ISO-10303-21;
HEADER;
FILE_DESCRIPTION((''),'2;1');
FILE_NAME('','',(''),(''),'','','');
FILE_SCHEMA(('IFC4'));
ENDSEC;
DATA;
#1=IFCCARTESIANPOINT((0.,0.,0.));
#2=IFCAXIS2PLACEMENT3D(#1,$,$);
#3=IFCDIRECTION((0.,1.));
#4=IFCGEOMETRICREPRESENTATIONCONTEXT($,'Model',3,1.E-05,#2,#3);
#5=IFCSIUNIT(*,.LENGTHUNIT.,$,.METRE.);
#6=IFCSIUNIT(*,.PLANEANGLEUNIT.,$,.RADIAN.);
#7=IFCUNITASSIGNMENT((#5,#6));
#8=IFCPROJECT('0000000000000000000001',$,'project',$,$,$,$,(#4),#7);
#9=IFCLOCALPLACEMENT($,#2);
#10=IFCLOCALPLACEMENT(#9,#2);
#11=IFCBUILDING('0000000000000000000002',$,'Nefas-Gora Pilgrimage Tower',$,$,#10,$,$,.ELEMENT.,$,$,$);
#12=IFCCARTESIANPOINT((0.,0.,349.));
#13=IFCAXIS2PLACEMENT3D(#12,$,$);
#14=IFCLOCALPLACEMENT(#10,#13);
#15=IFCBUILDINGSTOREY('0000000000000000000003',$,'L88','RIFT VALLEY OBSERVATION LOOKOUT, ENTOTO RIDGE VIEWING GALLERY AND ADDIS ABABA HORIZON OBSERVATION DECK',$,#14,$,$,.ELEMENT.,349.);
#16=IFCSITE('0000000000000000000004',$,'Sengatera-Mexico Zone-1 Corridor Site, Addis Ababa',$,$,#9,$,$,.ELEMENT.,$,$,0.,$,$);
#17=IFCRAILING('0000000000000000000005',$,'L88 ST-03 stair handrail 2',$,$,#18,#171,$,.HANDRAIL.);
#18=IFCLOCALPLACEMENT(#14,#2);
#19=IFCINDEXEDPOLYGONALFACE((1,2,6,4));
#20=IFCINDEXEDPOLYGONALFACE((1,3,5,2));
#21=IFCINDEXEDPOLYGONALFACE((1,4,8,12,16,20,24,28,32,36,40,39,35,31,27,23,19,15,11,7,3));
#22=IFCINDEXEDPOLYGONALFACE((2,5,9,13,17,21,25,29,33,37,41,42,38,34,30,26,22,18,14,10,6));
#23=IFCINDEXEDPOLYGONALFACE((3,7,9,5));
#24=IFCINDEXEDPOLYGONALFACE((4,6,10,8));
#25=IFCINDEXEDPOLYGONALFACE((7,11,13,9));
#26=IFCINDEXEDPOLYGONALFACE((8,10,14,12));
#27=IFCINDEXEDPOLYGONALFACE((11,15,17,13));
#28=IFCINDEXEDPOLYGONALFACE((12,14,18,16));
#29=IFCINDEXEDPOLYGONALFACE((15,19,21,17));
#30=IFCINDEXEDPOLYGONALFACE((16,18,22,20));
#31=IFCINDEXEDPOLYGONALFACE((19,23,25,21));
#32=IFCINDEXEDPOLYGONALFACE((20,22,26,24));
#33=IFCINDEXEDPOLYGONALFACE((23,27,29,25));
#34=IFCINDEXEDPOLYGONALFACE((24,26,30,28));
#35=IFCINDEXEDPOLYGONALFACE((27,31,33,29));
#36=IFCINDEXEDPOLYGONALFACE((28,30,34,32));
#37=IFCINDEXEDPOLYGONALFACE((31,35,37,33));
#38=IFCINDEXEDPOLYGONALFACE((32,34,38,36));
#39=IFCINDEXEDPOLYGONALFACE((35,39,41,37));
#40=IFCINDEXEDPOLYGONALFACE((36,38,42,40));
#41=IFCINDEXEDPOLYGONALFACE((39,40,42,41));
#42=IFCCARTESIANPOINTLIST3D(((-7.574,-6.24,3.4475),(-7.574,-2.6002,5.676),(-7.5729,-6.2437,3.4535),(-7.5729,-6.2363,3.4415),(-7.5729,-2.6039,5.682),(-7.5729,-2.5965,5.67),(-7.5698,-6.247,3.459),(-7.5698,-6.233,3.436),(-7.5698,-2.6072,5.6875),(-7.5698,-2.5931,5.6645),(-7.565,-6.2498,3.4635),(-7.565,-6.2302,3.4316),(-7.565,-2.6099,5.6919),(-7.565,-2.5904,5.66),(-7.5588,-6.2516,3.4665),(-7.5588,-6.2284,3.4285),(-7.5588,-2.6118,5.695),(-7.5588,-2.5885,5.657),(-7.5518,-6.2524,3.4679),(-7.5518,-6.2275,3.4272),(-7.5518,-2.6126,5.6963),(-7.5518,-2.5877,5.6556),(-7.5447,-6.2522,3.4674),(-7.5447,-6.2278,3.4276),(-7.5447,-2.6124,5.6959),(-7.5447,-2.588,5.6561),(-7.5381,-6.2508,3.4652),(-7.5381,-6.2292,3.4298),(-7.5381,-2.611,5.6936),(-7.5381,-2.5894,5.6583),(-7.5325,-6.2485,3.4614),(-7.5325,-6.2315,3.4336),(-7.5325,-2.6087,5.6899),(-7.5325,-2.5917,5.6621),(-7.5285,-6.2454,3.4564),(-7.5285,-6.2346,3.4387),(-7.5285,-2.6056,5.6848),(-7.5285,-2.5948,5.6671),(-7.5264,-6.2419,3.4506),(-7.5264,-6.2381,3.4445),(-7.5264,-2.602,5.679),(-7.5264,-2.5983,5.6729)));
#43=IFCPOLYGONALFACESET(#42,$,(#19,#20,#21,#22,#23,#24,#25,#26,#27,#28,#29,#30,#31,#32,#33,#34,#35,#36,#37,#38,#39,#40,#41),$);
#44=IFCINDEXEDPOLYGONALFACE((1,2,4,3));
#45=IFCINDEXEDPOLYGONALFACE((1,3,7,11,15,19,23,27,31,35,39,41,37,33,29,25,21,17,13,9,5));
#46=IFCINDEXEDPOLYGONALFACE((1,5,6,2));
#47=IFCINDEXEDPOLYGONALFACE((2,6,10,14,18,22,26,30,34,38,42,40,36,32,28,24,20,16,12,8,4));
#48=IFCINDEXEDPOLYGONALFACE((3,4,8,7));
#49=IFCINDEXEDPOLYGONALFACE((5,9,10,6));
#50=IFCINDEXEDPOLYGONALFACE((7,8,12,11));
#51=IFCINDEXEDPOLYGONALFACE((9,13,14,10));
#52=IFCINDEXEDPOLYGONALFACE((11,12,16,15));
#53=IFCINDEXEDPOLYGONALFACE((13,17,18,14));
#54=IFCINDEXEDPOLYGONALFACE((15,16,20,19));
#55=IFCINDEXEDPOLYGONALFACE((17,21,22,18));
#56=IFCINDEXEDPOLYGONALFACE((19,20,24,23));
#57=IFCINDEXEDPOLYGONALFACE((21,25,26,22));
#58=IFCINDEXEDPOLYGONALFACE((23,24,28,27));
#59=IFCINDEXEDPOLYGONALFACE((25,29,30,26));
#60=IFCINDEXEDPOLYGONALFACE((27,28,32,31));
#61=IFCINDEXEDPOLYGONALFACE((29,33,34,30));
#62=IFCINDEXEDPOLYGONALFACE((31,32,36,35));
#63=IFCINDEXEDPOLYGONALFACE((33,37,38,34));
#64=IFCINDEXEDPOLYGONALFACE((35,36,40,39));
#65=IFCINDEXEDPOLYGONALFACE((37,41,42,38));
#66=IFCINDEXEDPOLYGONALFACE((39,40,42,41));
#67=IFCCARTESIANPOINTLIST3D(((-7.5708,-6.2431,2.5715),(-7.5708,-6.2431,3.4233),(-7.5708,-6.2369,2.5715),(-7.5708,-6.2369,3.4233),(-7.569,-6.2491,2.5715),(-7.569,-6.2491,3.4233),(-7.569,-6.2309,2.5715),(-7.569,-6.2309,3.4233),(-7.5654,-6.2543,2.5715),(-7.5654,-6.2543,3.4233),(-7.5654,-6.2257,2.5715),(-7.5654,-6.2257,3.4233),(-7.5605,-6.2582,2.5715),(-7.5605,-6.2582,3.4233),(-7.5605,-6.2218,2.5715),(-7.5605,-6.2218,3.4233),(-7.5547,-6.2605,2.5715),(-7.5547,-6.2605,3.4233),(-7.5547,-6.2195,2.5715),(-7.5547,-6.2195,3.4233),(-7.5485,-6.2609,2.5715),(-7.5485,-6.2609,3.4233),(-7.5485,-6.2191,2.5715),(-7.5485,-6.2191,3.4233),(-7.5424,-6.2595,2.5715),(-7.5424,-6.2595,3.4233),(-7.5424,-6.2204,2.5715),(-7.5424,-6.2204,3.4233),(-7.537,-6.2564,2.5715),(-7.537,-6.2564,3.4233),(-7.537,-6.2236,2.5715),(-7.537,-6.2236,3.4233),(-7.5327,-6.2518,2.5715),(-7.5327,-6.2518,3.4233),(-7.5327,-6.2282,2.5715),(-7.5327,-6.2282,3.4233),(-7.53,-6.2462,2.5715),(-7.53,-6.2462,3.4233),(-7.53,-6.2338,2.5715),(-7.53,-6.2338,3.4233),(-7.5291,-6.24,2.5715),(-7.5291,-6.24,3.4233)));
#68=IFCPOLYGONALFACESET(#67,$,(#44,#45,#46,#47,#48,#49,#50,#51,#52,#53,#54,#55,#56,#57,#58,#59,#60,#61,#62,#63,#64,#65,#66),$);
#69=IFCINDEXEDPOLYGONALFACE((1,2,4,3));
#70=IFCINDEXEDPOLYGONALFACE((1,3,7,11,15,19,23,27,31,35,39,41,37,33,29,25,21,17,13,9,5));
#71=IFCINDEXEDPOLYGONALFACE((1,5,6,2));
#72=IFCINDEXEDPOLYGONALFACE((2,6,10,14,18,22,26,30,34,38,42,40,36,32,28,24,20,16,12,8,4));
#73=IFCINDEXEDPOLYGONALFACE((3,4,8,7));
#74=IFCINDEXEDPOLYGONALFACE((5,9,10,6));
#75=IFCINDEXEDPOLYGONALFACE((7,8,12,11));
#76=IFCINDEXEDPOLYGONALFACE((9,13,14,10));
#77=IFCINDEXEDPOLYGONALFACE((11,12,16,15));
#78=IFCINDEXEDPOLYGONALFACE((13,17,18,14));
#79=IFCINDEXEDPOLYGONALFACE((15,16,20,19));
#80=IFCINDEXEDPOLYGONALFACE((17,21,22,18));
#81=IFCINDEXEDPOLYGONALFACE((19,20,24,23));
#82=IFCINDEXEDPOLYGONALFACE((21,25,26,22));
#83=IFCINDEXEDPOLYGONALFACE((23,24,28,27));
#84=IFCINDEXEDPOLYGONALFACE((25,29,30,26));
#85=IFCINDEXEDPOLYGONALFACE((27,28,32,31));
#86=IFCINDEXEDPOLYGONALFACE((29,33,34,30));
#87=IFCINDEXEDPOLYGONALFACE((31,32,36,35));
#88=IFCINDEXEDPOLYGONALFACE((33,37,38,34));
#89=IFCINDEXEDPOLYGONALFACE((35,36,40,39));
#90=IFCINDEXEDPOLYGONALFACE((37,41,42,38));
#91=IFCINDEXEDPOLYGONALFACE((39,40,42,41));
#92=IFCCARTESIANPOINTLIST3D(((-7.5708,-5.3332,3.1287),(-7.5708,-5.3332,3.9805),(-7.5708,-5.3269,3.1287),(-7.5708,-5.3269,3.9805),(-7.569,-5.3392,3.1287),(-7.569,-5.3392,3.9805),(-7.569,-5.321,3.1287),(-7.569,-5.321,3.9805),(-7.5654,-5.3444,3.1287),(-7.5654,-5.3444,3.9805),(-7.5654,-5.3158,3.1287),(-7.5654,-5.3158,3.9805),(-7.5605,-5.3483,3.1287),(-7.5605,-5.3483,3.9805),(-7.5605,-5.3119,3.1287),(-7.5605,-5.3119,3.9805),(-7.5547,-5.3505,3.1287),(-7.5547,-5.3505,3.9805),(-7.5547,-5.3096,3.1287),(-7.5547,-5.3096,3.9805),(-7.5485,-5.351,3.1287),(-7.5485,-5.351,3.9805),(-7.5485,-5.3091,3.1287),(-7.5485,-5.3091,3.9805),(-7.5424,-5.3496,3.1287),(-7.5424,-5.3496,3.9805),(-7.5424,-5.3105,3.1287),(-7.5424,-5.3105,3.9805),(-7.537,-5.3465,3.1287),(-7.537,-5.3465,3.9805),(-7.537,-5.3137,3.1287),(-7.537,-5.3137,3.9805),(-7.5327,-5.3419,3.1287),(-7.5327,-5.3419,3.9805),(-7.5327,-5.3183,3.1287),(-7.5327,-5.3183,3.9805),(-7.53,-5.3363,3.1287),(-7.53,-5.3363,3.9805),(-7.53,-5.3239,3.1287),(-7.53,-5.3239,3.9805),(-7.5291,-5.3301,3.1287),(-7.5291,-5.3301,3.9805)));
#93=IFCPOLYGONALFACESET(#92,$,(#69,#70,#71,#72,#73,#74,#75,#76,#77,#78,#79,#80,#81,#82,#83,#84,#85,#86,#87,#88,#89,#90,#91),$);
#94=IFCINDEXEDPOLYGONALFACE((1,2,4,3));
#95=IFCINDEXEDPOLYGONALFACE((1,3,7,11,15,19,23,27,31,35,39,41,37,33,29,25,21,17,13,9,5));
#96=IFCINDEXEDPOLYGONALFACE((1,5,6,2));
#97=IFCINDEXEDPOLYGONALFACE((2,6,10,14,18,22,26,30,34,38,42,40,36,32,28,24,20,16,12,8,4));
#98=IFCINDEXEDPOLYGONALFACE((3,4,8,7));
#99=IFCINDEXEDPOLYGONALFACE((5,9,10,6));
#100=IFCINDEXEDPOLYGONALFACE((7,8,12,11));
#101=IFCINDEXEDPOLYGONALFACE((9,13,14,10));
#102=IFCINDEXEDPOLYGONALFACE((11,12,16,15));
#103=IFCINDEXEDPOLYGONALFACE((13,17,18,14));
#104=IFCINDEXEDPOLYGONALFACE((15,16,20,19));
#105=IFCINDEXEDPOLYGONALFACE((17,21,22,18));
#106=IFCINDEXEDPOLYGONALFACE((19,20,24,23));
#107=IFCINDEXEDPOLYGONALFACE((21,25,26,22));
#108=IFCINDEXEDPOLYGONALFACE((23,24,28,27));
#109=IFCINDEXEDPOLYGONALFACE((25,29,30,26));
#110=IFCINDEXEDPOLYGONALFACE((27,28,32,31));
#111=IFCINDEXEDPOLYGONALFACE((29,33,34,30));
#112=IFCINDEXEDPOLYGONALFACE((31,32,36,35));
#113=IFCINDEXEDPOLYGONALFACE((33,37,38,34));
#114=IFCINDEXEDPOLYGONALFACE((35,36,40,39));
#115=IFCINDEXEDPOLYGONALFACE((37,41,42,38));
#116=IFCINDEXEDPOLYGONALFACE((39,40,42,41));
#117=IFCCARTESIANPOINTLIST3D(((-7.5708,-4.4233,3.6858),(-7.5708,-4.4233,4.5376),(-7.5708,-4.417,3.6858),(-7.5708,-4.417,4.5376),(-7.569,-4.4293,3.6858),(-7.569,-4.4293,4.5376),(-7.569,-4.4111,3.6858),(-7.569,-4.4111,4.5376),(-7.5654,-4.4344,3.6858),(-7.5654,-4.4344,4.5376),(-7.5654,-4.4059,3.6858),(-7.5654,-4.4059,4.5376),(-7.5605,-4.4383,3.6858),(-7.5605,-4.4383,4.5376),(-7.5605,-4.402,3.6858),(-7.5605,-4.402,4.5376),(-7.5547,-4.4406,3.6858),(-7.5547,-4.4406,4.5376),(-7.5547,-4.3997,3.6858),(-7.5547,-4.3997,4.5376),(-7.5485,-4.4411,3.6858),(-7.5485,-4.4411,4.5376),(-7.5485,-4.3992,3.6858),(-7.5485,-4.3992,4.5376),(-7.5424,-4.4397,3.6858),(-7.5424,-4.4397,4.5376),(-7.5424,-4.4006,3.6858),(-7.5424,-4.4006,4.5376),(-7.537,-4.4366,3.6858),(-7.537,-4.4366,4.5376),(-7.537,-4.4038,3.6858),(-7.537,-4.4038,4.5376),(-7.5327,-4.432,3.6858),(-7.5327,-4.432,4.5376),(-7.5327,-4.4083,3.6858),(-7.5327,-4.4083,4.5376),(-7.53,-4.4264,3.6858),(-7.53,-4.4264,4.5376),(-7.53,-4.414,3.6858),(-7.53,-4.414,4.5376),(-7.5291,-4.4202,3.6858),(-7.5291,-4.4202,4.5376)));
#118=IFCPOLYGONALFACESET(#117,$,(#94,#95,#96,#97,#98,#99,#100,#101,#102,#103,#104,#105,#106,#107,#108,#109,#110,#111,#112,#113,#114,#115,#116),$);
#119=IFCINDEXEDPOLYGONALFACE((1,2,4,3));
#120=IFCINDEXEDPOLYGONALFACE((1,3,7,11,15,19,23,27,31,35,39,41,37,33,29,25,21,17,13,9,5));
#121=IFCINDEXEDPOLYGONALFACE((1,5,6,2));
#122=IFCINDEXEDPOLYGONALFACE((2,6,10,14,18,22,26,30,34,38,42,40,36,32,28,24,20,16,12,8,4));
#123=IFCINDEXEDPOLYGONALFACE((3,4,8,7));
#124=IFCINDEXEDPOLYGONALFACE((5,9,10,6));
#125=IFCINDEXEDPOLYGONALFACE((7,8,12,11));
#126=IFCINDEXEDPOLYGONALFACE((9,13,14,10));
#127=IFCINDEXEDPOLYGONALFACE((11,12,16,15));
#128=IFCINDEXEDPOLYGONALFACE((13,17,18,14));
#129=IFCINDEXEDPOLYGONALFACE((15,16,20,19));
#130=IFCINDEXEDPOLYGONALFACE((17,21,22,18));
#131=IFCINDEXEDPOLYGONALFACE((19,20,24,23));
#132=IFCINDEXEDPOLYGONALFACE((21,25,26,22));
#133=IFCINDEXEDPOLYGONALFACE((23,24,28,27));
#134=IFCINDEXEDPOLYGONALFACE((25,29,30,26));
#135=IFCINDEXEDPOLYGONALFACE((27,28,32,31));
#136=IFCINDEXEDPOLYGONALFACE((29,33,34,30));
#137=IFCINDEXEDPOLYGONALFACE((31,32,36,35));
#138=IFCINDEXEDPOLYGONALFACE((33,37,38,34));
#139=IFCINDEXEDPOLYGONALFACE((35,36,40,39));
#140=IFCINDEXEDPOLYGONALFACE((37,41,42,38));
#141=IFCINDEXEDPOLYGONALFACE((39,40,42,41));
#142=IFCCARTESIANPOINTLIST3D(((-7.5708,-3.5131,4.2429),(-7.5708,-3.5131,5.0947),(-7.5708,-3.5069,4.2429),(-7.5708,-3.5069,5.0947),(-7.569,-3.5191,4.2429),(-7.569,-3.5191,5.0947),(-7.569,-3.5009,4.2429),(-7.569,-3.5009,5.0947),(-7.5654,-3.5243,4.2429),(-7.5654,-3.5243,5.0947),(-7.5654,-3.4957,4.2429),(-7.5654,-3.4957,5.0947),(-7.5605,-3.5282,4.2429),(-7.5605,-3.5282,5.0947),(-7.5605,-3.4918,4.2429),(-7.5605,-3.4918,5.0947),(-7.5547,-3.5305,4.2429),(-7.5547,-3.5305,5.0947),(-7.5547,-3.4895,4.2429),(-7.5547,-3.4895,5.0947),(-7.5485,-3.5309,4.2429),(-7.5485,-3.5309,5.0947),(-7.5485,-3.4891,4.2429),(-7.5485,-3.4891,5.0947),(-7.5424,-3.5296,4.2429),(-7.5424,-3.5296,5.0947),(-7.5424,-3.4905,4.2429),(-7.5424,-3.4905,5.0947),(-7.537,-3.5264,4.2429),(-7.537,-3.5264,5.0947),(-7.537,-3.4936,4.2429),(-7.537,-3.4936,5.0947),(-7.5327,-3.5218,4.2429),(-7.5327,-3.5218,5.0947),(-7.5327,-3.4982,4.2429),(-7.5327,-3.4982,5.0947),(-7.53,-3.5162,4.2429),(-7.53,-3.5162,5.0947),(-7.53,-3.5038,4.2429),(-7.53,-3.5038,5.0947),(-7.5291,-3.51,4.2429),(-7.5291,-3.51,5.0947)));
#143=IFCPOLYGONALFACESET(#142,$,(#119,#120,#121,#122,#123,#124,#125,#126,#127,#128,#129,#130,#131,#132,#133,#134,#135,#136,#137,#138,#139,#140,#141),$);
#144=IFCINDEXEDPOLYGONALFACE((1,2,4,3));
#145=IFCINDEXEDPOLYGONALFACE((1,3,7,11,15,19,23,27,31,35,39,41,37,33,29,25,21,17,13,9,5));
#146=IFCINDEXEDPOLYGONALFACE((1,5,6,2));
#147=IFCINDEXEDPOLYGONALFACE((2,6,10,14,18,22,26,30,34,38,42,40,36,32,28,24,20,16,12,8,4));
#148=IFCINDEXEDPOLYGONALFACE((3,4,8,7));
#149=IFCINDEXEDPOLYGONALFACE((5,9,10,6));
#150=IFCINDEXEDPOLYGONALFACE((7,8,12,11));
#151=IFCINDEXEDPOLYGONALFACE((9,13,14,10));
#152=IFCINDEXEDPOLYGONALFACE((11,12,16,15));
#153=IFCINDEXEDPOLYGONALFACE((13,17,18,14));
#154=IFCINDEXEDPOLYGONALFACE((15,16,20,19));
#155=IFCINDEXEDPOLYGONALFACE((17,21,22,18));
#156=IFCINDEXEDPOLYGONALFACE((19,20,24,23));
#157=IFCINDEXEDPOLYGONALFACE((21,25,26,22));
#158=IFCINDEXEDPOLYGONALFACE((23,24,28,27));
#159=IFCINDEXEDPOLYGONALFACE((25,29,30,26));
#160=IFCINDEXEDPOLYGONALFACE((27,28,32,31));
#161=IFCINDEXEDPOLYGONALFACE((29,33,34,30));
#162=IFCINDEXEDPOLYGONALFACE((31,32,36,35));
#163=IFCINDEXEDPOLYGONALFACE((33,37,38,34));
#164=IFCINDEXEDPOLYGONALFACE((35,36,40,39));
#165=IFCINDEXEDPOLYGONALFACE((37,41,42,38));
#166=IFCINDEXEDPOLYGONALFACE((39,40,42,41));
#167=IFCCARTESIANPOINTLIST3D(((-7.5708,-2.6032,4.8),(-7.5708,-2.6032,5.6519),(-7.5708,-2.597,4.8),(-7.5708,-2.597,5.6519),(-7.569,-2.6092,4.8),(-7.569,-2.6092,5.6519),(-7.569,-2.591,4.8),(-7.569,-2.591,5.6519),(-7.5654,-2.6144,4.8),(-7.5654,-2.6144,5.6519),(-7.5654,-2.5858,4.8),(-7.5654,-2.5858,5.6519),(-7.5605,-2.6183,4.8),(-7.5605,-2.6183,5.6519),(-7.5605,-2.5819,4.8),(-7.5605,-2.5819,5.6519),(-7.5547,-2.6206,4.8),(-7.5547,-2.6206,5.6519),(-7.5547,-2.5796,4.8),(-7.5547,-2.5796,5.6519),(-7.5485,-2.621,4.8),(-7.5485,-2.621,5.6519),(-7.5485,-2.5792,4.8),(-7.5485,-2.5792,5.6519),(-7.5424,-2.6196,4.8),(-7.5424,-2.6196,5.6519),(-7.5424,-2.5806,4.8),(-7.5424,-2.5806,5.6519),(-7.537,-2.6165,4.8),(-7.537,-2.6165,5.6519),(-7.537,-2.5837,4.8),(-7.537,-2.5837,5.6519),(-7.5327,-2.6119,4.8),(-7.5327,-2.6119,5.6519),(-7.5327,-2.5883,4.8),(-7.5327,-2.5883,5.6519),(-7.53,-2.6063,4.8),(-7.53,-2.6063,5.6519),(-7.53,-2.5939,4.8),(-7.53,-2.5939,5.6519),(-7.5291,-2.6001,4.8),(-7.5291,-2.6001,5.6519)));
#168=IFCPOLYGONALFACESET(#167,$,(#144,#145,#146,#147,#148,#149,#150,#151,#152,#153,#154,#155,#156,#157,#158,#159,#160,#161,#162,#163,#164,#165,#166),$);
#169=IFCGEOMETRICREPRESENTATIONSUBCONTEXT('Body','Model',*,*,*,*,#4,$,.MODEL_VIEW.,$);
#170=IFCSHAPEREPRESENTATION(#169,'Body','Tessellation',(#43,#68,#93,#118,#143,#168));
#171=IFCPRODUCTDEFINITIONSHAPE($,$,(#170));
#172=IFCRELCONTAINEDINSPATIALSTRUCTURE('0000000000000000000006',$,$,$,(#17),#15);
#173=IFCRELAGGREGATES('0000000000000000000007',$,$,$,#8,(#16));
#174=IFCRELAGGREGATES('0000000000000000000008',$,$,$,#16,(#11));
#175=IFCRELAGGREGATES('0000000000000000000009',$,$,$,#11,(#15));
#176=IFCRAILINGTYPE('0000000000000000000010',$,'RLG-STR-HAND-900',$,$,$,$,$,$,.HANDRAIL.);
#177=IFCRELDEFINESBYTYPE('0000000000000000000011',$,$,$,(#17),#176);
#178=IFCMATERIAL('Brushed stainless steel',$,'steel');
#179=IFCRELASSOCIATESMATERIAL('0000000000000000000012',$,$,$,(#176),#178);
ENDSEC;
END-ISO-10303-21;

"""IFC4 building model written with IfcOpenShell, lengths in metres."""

from ifc_helpers import new_model, si_unit, direction, frame, origin, origin_2d, place, context, subcontext, project, spatial, circle, extrude, material, type_object, element, save


model = new_model("IFC4")

# Units and contexts
model_context = context("Model", 3, precision=1e-05, world=origin(), true_north=direction((0.0, 1.0)))
body_context = subcontext(model_context, "Body", "Model", "MODEL_VIEW")
ifc_project = project(units=[si_unit("LENGTHUNIT", "METRE"), si_unit("PLANEANGLEUNIT", "RADIAN")], contexts=[model_context])

# Site, building, storey
site_placement = place(None, origin())
site = spatial("IfcSite", under=ifc_project, at=site_placement, Name="Sengatera-Mexico Zone-1 Corridor Site, Addis Ababa", CompositionType="ELEMENT", RefElevation=0.0)
building_placement = place(site_placement, origin())
building = spatial("IfcBuilding", under=site, at=building_placement, Name="Nefas-Gora Pilgrimage Tower", CompositionType="ELEMENT")
storey_placement = place(building_placement, frame((0.0, 0.0, 349.0)))
storey = spatial("IfcBuildingStorey", under=building, at=storey_placement, Name="L88", Description="RIFT VALLEY OBSERVATION LOOKOUT, ENTOTO RIDGE VIEWING GALLERY AND ADDIS ABABA HORIZON OBSERVATION DECK", CompositionType="ELEMENT", Elevation=349.0)

# Railing
ifc_material_1 = material(Name="Brushed stainless steel", Category="steel")
railing_type_1 = type_object("IfcRailingType", Name="RLG-STR-HAND-900", PredefinedType="HANDRAIL", material=ifc_material_1)
railing_1_placement = place(storey_placement, frame((-7.55, -6.24, 2.5715)))
element("IfcRailing", 1, at=railing_1_placement, inside=storey, type_object=railing_type_1, Name="L88 ST-03 stair handrail 2", PredefinedType="HANDRAIL", context=body_context, shape_type="SweptSolid", body=[
    extrude(circle(Radius=0.0239, at=origin_2d()), frame((0.0, 0.0, 0.876), z_axis=(0.0, 0.85285, 0.522156), x_axis=(-1.0, 0.0, 0.0)), (0.0, 0.0, 1.0), 4.2678),
    extrude(circle(Radius=0.021, at=origin_2d()), origin(), (0.0, 0.0, 1.0), 0.8518),
    extrude(circle(Radius=0.021, at=origin_2d()), frame((0.0, 0.9099, 0.5571)), (0.0, 0.0, 1.0), 0.8518),
    extrude(circle(Radius=0.021, at=origin_2d()), frame((0.0, 1.8198, 1.1143)), (0.0, 0.0, 1.0), 0.8518),
    extrude(circle(Radius=0.021, at=origin_2d()), frame((0.0, 2.73, 1.6714)), (0.0, 0.0, 1.0), 0.8518),
    extrude(circle(Radius=0.021, at=origin_2d()), frame((0.0, 3.6399, 2.2285)), (0.0, 0.0, 1.0), 0.8518),
])

save(model, "model.ifc")
